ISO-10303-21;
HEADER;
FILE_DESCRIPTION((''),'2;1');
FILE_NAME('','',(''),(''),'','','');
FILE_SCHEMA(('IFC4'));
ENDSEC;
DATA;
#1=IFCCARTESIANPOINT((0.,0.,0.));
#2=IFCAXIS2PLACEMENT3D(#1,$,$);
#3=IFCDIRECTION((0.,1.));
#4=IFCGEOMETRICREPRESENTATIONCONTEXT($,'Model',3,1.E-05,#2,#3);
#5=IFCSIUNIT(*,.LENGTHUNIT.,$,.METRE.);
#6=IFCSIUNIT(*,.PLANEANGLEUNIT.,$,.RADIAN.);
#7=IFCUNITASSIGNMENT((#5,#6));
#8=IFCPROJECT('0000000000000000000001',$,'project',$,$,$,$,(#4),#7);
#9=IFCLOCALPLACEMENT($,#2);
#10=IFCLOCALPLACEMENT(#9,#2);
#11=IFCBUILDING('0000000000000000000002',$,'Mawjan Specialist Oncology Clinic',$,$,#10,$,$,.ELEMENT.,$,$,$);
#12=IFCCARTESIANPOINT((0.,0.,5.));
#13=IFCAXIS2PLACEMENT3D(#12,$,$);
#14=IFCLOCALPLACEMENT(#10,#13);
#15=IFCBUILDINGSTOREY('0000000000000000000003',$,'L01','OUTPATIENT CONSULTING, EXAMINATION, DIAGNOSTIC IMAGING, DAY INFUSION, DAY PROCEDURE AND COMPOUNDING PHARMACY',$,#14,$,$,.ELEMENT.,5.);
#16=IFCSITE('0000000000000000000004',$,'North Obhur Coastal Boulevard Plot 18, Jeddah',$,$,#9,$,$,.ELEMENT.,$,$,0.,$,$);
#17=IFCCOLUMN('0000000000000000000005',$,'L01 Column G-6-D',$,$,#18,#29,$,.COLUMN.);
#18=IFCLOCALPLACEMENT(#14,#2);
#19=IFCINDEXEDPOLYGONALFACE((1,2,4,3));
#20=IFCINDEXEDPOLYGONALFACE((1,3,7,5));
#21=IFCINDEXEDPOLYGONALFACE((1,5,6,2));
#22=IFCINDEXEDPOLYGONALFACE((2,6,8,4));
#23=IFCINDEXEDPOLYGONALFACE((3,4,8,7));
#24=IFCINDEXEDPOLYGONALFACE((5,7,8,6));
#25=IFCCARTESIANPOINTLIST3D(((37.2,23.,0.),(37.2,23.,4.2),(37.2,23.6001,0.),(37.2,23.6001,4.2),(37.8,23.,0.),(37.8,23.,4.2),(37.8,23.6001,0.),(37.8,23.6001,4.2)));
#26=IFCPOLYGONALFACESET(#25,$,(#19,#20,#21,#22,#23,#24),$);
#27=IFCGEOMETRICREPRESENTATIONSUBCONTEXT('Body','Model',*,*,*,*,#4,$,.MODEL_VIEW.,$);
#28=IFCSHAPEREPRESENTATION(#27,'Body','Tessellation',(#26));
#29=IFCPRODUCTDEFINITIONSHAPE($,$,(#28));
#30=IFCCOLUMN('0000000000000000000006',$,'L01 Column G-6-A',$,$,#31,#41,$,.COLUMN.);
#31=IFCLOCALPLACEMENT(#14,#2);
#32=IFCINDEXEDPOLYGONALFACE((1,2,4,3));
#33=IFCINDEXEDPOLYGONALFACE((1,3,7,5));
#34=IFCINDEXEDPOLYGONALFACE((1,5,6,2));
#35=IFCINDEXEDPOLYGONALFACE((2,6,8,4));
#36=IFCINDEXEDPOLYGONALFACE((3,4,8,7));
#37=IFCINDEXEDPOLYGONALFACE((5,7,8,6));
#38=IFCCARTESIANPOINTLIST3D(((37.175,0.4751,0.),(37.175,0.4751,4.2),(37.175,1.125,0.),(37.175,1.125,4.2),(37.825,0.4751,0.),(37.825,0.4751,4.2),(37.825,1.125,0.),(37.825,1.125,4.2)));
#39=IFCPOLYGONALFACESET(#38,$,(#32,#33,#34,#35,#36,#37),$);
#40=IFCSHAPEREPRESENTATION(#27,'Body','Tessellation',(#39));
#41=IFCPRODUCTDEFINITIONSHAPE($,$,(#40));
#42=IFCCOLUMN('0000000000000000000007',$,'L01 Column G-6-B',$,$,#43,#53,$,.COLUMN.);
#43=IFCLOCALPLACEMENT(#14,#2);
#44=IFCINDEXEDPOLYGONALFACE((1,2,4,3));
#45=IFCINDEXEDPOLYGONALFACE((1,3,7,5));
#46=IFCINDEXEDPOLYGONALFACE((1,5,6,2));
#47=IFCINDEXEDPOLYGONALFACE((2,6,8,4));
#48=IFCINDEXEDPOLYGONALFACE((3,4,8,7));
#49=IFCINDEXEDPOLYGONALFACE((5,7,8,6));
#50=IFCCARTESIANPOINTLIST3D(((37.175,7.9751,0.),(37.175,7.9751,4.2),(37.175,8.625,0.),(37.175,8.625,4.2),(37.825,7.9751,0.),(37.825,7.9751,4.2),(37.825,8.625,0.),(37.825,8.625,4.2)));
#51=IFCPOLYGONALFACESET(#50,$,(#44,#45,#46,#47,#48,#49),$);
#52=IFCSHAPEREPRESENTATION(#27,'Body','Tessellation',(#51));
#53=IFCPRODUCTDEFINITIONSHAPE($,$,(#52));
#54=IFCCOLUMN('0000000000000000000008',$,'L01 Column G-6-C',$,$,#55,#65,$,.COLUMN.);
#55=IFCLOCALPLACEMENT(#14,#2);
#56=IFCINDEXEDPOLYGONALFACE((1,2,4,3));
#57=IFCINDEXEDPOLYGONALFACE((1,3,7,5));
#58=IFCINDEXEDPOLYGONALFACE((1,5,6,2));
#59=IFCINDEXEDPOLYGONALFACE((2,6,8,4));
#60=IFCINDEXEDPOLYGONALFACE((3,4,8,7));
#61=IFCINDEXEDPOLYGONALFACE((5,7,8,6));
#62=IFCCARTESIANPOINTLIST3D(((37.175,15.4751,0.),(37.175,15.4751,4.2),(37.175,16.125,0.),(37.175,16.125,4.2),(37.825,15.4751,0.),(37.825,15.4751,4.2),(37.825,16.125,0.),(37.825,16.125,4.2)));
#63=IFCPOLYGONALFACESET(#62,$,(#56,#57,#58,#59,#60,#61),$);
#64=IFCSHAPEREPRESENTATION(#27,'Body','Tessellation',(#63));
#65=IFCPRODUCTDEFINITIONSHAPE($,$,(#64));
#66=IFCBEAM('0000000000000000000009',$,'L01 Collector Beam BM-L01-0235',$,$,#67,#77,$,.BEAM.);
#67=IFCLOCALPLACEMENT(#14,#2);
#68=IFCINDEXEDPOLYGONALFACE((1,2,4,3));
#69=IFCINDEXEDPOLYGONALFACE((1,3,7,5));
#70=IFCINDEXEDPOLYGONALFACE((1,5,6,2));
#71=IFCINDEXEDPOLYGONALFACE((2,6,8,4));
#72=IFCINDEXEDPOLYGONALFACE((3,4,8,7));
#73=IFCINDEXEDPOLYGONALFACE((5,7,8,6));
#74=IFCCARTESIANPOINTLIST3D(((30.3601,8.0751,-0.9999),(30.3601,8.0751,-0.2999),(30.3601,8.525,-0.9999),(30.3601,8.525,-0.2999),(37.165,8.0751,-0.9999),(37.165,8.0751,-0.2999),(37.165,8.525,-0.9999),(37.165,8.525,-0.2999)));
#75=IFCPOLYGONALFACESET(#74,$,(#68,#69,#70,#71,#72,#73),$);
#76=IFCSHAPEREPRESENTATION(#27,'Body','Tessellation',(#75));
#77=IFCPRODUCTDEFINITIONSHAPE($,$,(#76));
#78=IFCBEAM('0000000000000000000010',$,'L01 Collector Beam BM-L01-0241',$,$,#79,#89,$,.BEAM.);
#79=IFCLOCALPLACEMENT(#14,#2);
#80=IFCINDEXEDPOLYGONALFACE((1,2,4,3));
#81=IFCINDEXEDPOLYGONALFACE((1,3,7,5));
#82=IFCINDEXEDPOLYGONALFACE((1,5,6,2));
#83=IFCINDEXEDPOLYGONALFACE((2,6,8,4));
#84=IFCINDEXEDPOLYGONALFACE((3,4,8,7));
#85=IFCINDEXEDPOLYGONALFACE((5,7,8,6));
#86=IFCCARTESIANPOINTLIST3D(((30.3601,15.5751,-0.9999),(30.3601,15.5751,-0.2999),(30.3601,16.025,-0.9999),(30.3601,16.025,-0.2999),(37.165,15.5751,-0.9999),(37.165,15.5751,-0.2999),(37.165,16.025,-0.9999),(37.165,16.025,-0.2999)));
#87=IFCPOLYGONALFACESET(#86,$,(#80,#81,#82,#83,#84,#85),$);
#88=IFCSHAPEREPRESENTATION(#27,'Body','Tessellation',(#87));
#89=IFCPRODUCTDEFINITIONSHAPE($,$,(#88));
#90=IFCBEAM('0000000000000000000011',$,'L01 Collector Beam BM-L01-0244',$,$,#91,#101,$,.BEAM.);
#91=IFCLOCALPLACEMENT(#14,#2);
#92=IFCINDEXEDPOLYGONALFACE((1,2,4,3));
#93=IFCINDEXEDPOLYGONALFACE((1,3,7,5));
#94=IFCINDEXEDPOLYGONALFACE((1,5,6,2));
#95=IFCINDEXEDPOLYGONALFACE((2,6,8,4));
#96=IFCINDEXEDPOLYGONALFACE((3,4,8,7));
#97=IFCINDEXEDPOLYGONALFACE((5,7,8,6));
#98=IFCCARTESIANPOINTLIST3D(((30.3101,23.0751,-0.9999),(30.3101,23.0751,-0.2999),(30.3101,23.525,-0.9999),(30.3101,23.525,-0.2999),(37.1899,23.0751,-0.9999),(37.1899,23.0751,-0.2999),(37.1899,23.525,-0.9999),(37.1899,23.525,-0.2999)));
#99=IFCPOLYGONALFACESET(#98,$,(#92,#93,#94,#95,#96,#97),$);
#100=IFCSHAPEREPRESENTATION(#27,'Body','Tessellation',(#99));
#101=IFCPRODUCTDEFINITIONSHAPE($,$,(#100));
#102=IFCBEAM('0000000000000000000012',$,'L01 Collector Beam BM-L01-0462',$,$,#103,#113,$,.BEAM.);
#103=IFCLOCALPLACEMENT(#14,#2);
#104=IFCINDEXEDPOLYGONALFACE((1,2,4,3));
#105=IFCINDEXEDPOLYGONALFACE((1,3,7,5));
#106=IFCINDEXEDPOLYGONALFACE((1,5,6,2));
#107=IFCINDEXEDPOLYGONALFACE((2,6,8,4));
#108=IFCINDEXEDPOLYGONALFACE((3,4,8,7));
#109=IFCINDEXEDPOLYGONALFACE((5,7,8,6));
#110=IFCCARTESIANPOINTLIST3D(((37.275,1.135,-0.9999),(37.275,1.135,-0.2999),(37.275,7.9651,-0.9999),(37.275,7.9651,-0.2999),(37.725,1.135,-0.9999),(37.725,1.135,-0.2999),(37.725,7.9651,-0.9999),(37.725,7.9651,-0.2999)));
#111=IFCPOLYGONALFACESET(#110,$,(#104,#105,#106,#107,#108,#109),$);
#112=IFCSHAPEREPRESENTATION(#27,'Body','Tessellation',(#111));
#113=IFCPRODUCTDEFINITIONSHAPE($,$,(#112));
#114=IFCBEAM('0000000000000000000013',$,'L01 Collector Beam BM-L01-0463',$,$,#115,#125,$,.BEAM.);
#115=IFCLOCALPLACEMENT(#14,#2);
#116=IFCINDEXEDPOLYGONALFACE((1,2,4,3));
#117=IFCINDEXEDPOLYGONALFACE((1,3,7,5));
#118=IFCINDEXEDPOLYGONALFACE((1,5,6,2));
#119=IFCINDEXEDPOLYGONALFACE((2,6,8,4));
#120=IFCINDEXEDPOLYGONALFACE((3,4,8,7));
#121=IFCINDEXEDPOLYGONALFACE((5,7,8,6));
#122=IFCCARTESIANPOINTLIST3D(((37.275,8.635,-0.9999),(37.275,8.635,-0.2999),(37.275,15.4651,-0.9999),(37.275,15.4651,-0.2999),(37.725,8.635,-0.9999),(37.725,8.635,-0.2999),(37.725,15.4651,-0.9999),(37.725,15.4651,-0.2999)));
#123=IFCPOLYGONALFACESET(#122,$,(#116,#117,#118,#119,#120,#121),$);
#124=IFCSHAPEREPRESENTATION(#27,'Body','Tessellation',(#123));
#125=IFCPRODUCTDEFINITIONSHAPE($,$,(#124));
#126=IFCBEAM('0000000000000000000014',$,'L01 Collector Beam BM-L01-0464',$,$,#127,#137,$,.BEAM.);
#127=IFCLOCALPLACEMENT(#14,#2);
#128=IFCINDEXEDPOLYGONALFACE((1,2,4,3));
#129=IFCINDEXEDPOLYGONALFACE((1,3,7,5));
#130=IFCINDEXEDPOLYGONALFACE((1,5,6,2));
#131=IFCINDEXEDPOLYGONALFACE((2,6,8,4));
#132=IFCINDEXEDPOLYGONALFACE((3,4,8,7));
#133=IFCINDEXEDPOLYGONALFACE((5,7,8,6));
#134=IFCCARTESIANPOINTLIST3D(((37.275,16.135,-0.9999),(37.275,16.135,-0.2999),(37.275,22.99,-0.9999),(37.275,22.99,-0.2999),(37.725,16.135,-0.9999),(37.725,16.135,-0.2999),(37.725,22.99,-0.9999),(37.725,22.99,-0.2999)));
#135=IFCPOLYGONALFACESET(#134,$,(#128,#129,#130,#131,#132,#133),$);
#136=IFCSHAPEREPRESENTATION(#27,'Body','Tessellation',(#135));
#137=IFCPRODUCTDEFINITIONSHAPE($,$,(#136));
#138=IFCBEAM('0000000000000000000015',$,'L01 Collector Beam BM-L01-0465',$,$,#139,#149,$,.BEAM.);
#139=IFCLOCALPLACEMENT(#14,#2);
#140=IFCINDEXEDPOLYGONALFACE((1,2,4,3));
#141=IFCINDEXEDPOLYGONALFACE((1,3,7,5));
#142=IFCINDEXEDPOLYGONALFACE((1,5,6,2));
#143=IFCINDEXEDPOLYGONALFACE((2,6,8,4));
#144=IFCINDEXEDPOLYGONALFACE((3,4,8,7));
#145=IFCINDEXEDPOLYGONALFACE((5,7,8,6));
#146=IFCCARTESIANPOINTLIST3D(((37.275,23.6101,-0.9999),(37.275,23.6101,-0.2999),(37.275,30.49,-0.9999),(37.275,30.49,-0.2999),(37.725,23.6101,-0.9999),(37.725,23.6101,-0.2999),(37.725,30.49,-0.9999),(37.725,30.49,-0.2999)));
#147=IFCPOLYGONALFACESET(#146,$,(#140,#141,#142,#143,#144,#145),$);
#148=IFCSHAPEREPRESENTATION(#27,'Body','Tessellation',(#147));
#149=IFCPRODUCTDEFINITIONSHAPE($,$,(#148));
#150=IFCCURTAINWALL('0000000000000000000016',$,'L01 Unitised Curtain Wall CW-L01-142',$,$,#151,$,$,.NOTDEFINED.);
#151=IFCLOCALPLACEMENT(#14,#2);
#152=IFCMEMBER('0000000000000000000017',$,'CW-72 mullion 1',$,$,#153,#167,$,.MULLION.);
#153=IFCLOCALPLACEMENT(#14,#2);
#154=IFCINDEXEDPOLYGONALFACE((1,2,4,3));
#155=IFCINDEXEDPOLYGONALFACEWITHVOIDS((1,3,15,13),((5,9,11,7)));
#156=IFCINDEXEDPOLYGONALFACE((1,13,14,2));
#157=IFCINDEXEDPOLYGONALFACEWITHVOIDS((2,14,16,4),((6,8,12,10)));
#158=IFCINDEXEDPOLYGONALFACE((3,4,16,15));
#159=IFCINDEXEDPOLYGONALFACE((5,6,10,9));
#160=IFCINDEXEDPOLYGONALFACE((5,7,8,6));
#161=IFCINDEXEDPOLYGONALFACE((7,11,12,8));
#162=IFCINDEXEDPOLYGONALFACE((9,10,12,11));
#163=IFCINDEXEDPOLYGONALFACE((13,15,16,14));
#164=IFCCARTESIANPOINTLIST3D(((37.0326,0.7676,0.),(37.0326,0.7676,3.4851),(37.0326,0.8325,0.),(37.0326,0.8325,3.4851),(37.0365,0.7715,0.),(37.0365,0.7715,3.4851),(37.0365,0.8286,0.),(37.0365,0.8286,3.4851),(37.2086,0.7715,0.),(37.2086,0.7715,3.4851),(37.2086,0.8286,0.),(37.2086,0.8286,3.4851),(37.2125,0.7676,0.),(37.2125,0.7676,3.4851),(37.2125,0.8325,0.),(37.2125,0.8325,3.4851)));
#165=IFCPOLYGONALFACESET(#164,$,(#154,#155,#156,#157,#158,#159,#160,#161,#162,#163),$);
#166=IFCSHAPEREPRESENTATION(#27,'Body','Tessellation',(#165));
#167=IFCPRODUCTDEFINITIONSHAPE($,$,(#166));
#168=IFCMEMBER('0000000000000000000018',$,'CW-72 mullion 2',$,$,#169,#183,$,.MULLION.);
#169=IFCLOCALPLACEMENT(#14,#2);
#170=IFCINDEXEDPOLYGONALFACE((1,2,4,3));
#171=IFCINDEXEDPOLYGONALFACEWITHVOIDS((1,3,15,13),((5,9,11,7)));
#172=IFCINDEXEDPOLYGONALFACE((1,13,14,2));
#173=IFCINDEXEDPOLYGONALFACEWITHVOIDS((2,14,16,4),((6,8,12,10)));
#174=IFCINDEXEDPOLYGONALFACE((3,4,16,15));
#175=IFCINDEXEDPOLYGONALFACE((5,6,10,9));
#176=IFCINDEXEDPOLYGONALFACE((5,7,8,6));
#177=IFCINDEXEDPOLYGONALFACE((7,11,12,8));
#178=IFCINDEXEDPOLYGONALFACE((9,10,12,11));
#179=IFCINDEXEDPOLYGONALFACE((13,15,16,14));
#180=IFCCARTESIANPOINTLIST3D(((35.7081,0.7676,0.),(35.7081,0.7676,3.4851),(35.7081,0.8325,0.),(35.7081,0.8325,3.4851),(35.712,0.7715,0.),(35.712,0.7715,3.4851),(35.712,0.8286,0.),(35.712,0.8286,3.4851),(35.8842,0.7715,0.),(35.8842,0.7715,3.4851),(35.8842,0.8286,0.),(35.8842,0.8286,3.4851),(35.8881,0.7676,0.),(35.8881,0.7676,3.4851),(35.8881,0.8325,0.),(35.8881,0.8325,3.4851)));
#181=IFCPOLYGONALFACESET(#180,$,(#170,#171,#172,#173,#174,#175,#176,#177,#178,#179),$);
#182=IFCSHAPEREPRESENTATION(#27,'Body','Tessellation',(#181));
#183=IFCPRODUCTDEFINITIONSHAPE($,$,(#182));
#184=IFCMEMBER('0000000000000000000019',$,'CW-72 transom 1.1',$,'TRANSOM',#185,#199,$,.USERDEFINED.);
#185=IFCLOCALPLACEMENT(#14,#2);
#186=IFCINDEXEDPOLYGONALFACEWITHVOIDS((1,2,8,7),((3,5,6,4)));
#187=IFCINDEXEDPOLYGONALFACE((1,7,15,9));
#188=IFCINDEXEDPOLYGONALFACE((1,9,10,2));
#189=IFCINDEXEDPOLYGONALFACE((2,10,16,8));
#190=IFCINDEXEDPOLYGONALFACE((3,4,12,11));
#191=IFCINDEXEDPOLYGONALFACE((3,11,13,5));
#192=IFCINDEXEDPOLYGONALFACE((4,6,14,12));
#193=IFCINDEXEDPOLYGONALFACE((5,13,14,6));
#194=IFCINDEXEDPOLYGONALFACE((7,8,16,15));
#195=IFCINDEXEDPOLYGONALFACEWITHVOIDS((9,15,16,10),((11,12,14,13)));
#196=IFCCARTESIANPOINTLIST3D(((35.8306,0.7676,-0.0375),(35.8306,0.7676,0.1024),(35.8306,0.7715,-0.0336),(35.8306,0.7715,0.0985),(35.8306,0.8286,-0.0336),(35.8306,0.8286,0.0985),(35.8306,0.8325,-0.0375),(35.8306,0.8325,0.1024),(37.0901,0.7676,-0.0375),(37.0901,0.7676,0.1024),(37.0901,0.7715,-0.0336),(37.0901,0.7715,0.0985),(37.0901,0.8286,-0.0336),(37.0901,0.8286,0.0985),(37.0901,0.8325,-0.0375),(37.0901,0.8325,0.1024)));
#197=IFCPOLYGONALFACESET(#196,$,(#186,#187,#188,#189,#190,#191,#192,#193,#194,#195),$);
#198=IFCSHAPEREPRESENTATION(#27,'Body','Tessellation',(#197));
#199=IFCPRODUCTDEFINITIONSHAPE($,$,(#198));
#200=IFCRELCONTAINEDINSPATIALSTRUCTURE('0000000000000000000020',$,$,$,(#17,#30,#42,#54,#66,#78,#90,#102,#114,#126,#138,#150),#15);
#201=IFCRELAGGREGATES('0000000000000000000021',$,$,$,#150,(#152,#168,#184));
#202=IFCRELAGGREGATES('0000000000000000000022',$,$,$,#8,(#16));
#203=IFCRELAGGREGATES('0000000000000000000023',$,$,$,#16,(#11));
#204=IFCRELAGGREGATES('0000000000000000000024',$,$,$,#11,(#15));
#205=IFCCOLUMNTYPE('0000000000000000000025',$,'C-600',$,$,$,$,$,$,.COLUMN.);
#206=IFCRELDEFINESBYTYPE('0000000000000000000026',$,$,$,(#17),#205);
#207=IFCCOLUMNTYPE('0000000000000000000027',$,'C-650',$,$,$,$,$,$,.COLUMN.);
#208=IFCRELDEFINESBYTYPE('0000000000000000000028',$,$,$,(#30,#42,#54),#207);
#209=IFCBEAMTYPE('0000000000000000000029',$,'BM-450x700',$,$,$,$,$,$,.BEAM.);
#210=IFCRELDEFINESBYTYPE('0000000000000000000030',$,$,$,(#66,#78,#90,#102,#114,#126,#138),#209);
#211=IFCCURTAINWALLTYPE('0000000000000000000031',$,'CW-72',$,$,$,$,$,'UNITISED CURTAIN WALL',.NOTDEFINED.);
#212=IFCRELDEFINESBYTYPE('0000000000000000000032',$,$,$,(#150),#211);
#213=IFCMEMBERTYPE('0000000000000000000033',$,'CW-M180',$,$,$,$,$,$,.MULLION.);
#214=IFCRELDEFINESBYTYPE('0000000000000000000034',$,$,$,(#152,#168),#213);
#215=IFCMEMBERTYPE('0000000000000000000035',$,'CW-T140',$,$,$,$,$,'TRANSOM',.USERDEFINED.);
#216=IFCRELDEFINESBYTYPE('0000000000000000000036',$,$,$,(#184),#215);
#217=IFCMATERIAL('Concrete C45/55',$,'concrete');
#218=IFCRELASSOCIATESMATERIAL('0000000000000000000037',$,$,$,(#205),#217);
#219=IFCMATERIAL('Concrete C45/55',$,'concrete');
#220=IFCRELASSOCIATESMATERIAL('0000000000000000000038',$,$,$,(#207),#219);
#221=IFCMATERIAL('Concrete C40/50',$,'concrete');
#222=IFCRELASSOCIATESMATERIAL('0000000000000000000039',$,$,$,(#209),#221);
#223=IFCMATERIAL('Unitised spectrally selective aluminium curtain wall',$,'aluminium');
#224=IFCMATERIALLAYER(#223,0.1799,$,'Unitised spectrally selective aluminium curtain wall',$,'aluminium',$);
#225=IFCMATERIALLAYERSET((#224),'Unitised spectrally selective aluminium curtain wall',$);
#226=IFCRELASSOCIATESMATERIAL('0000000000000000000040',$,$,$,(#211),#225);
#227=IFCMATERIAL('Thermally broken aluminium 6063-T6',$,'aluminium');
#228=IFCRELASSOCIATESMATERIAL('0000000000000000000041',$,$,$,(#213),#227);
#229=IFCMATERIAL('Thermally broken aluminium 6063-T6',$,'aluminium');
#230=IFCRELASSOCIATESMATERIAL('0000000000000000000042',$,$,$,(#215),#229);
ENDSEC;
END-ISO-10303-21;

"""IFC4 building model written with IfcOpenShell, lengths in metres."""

from ifc_helpers import new_model, si_unit, direction, frame, origin, origin_2d, place, context, subcontext, project, spatial, rectangle, hollow_rectangle, extrude, material, layer, layer_set, material_profile, profile_set, type_object, element, aggregate, save


model = new_model("IFC4")

# Units and contexts
model_context = context("Model", 3, precision=1e-05, world=origin(), true_north=direction((0.0, 1.0)))
body_context = subcontext(model_context, "Body", "Model", "MODEL_VIEW")
ifc_project = project(units=[si_unit("LENGTHUNIT", "METRE"), si_unit("PLANEANGLEUNIT", "RADIAN")], contexts=[model_context])

# Site, building, storey
site_placement = place(None, origin())
site = spatial("IfcSite", under=ifc_project, at=site_placement, Name="North Obhur Coastal Boulevard Plot 18, Jeddah", CompositionType="ELEMENT", RefElevation=0.0)
building_placement = place(site_placement, origin())
building = spatial("IfcBuilding", under=site, at=building_placement, Name="Mawjan Specialist Oncology Clinic", CompositionType="ELEMENT")
storey_placement = place(building_placement, frame((0.0, 0.0, 5.0)))
storey = spatial("IfcBuildingStorey", under=building, at=storey_placement, Name="L01", Description="OUTPATIENT CONSULTING, EXAMINATION, DIAGNOSTIC IMAGING, DAY INFUSION, DAY PROCEDURE AND COMPOUNDING PHARMACY", CompositionType="ELEMENT", Elevation=5.0)

# Columns
ifc_material_1 = material(Name="Concrete C45/55", Category="concrete")
ifc_material_profile_1 = material_profile(ifc_material_1, rectangle(XDim=0.6001, YDim=0.6001, at=origin_2d()), Name="RC COL 600x600", Category="concrete")
ifc_profile_set_1 = profile_set([ifc_material_profile_1], Name="Concrete C45/55")
column_type_1 = type_object("IfcColumnType", Name="C-600", PredefinedType="COLUMN", material=ifc_profile_set_1)
column_placement = place(storey_placement, frame((37.5, 23.3, 0.0), z_axis=(0.0, 0.0, 1.0), x_axis=(1.0, 0.0, 0.0)))
element("IfcColumn", 1, at=column_placement, inside=storey, type_object=column_type_1, Name="L01 Column G-6-D", PredefinedType="COLUMN", context=body_context, shape_type="SweptSolid", body=[
    extrude(rectangle(XDim=0.6001, YDim=0.6001, at=origin_2d()), origin(), (0.0, 0.0, 1.0), 4.2),
])
ifc_material_2 = material(Name="Concrete C45/55", Category="concrete")
ifc_material_profile_2 = material_profile(ifc_material_2, rectangle(XDim=0.6499, YDim=0.6499, at=origin_2d()), Name="RC COL 650x650", Category="concrete")
ifc_profile_set_2 = profile_set([ifc_material_profile_2], Name="Concrete C45/55")
column_type_2 = type_object("IfcColumnType", Name="C-650", PredefinedType="COLUMN", material=ifc_profile_set_2)
for number, where, z_axis, x_axis, name in (
    (2, (37.5, 0.8, 0.0), (0.0, 0.0, 1.0), (1.0, 0.0, 0.0), "L01 Column G-6-A"),
    (3, (37.5, 8.3, 0.0), (0.0, 0.0, 1.0), (1.0, 0.0, 0.0), "L01 Column G-6-B"),
    (4, (37.5, 15.8, 0.0), (0.0, 0.0, 1.0), (1.0, 0.0, 0.0), "L01 Column G-6-C"),
):
    element("IfcColumn", number, at=place(storey_placement, frame(where, z_axis=z_axis, x_axis=x_axis)), inside=storey, type_object=column_type_2, Name=name, PredefinedType="COLUMN", context=body_context, shape_type="SweptSolid", body=[
        extrude(rectangle(XDim=0.6499, YDim=0.6499, at=origin_2d()), origin(), (0.0, 0.0, 1.0), 4.2),
    ])

# Beams
ifc_material_3 = material(Name="Concrete C40/50", Category="concrete")
ifc_material_profile_3 = material_profile(ifc_material_3, rectangle(XDim=0.45, YDim=0.7, at=origin_2d()), Name="RC BM 450x700", Category="concrete")
ifc_profile_set_3 = profile_set([ifc_material_profile_3], Name="Concrete C40/50")
beam_type = type_object("IfcBeamType", Name="BM-450x700", PredefinedType="BEAM", material=ifc_profile_set_3)
for number, where, z_axis, x_axis, name in (
    (5, (30.3601, 8.3, -0.6499), (1.0, 0.0, 0.0), (0.0, 1.0, 0.0), "L01 Collector Beam BM-L01-0235"),
    (6, (30.3601, 15.8, -0.6499), (1.0, 0.0, 0.0), (0.0, 1.0, 0.0), "L01 Collector Beam BM-L01-0241"),
):
    element("IfcBeam", number, at=place(storey_placement, frame(where, z_axis=z_axis, x_axis=x_axis)), inside=storey, type_object=beam_type, Name=name, PredefinedType="BEAM", context=body_context, shape_type="SweptSolid", body=[
        extrude(rectangle(XDim=0.45, YDim=0.7, at=origin_2d()), origin(), (0.0, 0.0, 1.0), 6.8049),
    ])
beam_1_placement = place(storey_placement, frame((30.3101, 23.3, -0.6499), z_axis=(1.0, 0.0, 0.0), x_axis=(0.0, 1.0, 0.0)))
element("IfcBeam", 7, at=beam_1_placement, inside=storey, type_object=beam_type, Name="L01 Collector Beam BM-L01-0244", PredefinedType="BEAM", context=body_context, shape_type="SweptSolid", body=[
    extrude(rectangle(XDim=0.45, YDim=0.7, at=origin_2d()), origin(), (0.0, 0.0, 1.0), 6.8799),
])
for number, where, z_axis, x_axis, name in (
    (8, (37.5, 1.135, -0.6499), (0.0, 1.0, 0.0), (-1.0, 0.0, 0.0), "L01 Collector Beam BM-L01-0462"),
    (9, (37.5, 8.635, -0.6499), (0.0, 1.0, 0.0), (-1.0, 0.0, 0.0), "L01 Collector Beam BM-L01-0463"),
):
    element("IfcBeam", number, at=place(storey_placement, frame(where, z_axis=z_axis, x_axis=x_axis)), inside=storey, type_object=beam_type, Name=name, PredefinedType="BEAM", context=body_context, shape_type="SweptSolid", body=[
        extrude(rectangle(XDim=0.45, YDim=0.7, at=origin_2d()), origin(), (0.0, 0.0, 1.0), 6.8301),
    ])
beam_2_placement = place(storey_placement, frame((37.5, 16.135, -0.6499), z_axis=(0.0, 1.0, 0.0), x_axis=(-1.0, 0.0, 0.0)))
element("IfcBeam", 10, at=beam_2_placement, inside=storey, type_object=beam_type, Name="L01 Collector Beam BM-L01-0464", PredefinedType="BEAM", context=body_context, shape_type="SweptSolid", body=[
    extrude(rectangle(XDim=0.45, YDim=0.7, at=origin_2d()), origin(), (0.0, 0.0, 1.0), 6.855),
])
beam_3_placement = place(storey_placement, frame((37.5, 23.6101, -0.6499), z_axis=(0.0, 1.0, 0.0), x_axis=(-1.0, 0.0, 0.0)))
element("IfcBeam", 11, at=beam_3_placement, inside=storey, type_object=beam_type, Name="L01 Collector Beam BM-L01-0465", PredefinedType="BEAM", context=body_context, shape_type="SweptSolid", body=[
    extrude(rectangle(XDim=0.45, YDim=0.7, at=origin_2d()), origin(), (0.0, 0.0, 1.0), 6.8799),
])

# Curtain wall, members
ifc_material_4 = material(Name="Unitised spectrally selective aluminium curtain wall", Category="aluminium")
ifc_layer_1 = layer(ifc_material_4, 0.1799, Name="Unitised spectrally selective aluminium curtain wall", Category="aluminium")
ifc_layer_set_1 = layer_set([ifc_layer_1], Name="Unitised spectrally selective aluminium curtain wall")
curtain_wall_type = type_object("IfcCurtainWallType", Name="CW-72", ElementType="UNITISED CURTAIN WALL", PredefinedType="NOTDEFINED", material=ifc_layer_set_1)
curtain_wall_placement = place(storey_placement, origin())
curtain_wall = element("IfcCurtainWall", 12, at=curtain_wall_placement, inside=storey, type_object=curtain_wall_type, Name="L01 Unitised Curtain Wall CW-L01-142", PredefinedType="NOTDEFINED")
ifc_material_5 = material(Name="Thermally broken aluminium 6063-T6", Category="aluminium")
ifc_material_profile_4 = material_profile(ifc_material_5, hollow_rectangle(XDim=0.0649, YDim=0.1799, WallThickness=0.0039, at=origin_2d()), Name="ALU MULLION 180x65x4", Category="aluminium")
ifc_profile_set_4 = profile_set([ifc_material_profile_4], Name="Thermally broken aluminium 6063-T6")
member_type_1 = type_object("IfcMemberType", Name="CW-M180", PredefinedType="MULLION", material=ifc_profile_set_4)
member_1_placement = place(storey_placement, frame((37.1226, 0.8, 0.0), z_axis=(0.0, 0.0, 1.0), x_axis=(0.0, -1.0, 0.0)))
member_1 = element("IfcMember", 13, at=member_1_placement, type_object=member_type_1, Name="CW-72 mullion 1", PredefinedType="MULLION", context=body_context, shape_type="SweptSolid", body=[
    extrude(hollow_rectangle(XDim=0.0649, YDim=0.1799, WallThickness=0.0039, at=origin_2d()), origin(), (0.0, 0.0, 1.0), 3.4851),
])
member_2_placement = place(storey_placement, frame((35.7981, 0.8, 0.0), z_axis=(0.0, 0.0, 1.0), x_axis=(0.0, -1.0, 0.0)))
member_2 = element("IfcMember", 14, at=member_2_placement, type_object=member_type_1, Name="CW-72 mullion 2", PredefinedType="MULLION", context=body_context, shape_type="SweptSolid", body=[
    extrude(hollow_rectangle(XDim=0.0649, YDim=0.1799, WallThickness=0.0039, at=origin_2d()), origin(), (0.0, 0.0, 1.0), 3.4851),
])
ifc_material_6 = material(Name="Thermally broken aluminium 6063-T6", Category="aluminium")
ifc_material_profile_5 = material_profile(ifc_material_6, hollow_rectangle(XDim=0.0649, YDim=0.1399, WallThickness=0.0039, at=origin_2d()), Name="ALU TRANSOM 140x65x4", Category="aluminium")
ifc_profile_set_5 = profile_set([ifc_material_profile_5], Name="Thermally broken aluminium 6063-T6")
member_type_2 = type_object("IfcMemberType", Name="CW-T140", ElementType="TRANSOM", PredefinedType="USERDEFINED", material=ifc_profile_set_5)
member_3_placement = place(storey_placement, frame((37.0901, 0.8, 0.0325), z_axis=(-1.0, 0.0, 0.0), x_axis=(0.0, -1.0, 0.0)))
member_3 = element("IfcMember", 15, at=member_3_placement, type_object=member_type_2, Name="CW-72 transom 1.1", ObjectType="TRANSOM", PredefinedType="USERDEFINED", context=body_context, shape_type="SweptSolid", body=[
    extrude(hollow_rectangle(XDim=0.0649, YDim=0.1399, WallThickness=0.0039, at=origin_2d()), origin(), (0.0, 0.0, 1.0), 1.2595),
])
aggregate(curtain_wall, [member_1, member_2, member_3])

save(model, "model.ifc")
